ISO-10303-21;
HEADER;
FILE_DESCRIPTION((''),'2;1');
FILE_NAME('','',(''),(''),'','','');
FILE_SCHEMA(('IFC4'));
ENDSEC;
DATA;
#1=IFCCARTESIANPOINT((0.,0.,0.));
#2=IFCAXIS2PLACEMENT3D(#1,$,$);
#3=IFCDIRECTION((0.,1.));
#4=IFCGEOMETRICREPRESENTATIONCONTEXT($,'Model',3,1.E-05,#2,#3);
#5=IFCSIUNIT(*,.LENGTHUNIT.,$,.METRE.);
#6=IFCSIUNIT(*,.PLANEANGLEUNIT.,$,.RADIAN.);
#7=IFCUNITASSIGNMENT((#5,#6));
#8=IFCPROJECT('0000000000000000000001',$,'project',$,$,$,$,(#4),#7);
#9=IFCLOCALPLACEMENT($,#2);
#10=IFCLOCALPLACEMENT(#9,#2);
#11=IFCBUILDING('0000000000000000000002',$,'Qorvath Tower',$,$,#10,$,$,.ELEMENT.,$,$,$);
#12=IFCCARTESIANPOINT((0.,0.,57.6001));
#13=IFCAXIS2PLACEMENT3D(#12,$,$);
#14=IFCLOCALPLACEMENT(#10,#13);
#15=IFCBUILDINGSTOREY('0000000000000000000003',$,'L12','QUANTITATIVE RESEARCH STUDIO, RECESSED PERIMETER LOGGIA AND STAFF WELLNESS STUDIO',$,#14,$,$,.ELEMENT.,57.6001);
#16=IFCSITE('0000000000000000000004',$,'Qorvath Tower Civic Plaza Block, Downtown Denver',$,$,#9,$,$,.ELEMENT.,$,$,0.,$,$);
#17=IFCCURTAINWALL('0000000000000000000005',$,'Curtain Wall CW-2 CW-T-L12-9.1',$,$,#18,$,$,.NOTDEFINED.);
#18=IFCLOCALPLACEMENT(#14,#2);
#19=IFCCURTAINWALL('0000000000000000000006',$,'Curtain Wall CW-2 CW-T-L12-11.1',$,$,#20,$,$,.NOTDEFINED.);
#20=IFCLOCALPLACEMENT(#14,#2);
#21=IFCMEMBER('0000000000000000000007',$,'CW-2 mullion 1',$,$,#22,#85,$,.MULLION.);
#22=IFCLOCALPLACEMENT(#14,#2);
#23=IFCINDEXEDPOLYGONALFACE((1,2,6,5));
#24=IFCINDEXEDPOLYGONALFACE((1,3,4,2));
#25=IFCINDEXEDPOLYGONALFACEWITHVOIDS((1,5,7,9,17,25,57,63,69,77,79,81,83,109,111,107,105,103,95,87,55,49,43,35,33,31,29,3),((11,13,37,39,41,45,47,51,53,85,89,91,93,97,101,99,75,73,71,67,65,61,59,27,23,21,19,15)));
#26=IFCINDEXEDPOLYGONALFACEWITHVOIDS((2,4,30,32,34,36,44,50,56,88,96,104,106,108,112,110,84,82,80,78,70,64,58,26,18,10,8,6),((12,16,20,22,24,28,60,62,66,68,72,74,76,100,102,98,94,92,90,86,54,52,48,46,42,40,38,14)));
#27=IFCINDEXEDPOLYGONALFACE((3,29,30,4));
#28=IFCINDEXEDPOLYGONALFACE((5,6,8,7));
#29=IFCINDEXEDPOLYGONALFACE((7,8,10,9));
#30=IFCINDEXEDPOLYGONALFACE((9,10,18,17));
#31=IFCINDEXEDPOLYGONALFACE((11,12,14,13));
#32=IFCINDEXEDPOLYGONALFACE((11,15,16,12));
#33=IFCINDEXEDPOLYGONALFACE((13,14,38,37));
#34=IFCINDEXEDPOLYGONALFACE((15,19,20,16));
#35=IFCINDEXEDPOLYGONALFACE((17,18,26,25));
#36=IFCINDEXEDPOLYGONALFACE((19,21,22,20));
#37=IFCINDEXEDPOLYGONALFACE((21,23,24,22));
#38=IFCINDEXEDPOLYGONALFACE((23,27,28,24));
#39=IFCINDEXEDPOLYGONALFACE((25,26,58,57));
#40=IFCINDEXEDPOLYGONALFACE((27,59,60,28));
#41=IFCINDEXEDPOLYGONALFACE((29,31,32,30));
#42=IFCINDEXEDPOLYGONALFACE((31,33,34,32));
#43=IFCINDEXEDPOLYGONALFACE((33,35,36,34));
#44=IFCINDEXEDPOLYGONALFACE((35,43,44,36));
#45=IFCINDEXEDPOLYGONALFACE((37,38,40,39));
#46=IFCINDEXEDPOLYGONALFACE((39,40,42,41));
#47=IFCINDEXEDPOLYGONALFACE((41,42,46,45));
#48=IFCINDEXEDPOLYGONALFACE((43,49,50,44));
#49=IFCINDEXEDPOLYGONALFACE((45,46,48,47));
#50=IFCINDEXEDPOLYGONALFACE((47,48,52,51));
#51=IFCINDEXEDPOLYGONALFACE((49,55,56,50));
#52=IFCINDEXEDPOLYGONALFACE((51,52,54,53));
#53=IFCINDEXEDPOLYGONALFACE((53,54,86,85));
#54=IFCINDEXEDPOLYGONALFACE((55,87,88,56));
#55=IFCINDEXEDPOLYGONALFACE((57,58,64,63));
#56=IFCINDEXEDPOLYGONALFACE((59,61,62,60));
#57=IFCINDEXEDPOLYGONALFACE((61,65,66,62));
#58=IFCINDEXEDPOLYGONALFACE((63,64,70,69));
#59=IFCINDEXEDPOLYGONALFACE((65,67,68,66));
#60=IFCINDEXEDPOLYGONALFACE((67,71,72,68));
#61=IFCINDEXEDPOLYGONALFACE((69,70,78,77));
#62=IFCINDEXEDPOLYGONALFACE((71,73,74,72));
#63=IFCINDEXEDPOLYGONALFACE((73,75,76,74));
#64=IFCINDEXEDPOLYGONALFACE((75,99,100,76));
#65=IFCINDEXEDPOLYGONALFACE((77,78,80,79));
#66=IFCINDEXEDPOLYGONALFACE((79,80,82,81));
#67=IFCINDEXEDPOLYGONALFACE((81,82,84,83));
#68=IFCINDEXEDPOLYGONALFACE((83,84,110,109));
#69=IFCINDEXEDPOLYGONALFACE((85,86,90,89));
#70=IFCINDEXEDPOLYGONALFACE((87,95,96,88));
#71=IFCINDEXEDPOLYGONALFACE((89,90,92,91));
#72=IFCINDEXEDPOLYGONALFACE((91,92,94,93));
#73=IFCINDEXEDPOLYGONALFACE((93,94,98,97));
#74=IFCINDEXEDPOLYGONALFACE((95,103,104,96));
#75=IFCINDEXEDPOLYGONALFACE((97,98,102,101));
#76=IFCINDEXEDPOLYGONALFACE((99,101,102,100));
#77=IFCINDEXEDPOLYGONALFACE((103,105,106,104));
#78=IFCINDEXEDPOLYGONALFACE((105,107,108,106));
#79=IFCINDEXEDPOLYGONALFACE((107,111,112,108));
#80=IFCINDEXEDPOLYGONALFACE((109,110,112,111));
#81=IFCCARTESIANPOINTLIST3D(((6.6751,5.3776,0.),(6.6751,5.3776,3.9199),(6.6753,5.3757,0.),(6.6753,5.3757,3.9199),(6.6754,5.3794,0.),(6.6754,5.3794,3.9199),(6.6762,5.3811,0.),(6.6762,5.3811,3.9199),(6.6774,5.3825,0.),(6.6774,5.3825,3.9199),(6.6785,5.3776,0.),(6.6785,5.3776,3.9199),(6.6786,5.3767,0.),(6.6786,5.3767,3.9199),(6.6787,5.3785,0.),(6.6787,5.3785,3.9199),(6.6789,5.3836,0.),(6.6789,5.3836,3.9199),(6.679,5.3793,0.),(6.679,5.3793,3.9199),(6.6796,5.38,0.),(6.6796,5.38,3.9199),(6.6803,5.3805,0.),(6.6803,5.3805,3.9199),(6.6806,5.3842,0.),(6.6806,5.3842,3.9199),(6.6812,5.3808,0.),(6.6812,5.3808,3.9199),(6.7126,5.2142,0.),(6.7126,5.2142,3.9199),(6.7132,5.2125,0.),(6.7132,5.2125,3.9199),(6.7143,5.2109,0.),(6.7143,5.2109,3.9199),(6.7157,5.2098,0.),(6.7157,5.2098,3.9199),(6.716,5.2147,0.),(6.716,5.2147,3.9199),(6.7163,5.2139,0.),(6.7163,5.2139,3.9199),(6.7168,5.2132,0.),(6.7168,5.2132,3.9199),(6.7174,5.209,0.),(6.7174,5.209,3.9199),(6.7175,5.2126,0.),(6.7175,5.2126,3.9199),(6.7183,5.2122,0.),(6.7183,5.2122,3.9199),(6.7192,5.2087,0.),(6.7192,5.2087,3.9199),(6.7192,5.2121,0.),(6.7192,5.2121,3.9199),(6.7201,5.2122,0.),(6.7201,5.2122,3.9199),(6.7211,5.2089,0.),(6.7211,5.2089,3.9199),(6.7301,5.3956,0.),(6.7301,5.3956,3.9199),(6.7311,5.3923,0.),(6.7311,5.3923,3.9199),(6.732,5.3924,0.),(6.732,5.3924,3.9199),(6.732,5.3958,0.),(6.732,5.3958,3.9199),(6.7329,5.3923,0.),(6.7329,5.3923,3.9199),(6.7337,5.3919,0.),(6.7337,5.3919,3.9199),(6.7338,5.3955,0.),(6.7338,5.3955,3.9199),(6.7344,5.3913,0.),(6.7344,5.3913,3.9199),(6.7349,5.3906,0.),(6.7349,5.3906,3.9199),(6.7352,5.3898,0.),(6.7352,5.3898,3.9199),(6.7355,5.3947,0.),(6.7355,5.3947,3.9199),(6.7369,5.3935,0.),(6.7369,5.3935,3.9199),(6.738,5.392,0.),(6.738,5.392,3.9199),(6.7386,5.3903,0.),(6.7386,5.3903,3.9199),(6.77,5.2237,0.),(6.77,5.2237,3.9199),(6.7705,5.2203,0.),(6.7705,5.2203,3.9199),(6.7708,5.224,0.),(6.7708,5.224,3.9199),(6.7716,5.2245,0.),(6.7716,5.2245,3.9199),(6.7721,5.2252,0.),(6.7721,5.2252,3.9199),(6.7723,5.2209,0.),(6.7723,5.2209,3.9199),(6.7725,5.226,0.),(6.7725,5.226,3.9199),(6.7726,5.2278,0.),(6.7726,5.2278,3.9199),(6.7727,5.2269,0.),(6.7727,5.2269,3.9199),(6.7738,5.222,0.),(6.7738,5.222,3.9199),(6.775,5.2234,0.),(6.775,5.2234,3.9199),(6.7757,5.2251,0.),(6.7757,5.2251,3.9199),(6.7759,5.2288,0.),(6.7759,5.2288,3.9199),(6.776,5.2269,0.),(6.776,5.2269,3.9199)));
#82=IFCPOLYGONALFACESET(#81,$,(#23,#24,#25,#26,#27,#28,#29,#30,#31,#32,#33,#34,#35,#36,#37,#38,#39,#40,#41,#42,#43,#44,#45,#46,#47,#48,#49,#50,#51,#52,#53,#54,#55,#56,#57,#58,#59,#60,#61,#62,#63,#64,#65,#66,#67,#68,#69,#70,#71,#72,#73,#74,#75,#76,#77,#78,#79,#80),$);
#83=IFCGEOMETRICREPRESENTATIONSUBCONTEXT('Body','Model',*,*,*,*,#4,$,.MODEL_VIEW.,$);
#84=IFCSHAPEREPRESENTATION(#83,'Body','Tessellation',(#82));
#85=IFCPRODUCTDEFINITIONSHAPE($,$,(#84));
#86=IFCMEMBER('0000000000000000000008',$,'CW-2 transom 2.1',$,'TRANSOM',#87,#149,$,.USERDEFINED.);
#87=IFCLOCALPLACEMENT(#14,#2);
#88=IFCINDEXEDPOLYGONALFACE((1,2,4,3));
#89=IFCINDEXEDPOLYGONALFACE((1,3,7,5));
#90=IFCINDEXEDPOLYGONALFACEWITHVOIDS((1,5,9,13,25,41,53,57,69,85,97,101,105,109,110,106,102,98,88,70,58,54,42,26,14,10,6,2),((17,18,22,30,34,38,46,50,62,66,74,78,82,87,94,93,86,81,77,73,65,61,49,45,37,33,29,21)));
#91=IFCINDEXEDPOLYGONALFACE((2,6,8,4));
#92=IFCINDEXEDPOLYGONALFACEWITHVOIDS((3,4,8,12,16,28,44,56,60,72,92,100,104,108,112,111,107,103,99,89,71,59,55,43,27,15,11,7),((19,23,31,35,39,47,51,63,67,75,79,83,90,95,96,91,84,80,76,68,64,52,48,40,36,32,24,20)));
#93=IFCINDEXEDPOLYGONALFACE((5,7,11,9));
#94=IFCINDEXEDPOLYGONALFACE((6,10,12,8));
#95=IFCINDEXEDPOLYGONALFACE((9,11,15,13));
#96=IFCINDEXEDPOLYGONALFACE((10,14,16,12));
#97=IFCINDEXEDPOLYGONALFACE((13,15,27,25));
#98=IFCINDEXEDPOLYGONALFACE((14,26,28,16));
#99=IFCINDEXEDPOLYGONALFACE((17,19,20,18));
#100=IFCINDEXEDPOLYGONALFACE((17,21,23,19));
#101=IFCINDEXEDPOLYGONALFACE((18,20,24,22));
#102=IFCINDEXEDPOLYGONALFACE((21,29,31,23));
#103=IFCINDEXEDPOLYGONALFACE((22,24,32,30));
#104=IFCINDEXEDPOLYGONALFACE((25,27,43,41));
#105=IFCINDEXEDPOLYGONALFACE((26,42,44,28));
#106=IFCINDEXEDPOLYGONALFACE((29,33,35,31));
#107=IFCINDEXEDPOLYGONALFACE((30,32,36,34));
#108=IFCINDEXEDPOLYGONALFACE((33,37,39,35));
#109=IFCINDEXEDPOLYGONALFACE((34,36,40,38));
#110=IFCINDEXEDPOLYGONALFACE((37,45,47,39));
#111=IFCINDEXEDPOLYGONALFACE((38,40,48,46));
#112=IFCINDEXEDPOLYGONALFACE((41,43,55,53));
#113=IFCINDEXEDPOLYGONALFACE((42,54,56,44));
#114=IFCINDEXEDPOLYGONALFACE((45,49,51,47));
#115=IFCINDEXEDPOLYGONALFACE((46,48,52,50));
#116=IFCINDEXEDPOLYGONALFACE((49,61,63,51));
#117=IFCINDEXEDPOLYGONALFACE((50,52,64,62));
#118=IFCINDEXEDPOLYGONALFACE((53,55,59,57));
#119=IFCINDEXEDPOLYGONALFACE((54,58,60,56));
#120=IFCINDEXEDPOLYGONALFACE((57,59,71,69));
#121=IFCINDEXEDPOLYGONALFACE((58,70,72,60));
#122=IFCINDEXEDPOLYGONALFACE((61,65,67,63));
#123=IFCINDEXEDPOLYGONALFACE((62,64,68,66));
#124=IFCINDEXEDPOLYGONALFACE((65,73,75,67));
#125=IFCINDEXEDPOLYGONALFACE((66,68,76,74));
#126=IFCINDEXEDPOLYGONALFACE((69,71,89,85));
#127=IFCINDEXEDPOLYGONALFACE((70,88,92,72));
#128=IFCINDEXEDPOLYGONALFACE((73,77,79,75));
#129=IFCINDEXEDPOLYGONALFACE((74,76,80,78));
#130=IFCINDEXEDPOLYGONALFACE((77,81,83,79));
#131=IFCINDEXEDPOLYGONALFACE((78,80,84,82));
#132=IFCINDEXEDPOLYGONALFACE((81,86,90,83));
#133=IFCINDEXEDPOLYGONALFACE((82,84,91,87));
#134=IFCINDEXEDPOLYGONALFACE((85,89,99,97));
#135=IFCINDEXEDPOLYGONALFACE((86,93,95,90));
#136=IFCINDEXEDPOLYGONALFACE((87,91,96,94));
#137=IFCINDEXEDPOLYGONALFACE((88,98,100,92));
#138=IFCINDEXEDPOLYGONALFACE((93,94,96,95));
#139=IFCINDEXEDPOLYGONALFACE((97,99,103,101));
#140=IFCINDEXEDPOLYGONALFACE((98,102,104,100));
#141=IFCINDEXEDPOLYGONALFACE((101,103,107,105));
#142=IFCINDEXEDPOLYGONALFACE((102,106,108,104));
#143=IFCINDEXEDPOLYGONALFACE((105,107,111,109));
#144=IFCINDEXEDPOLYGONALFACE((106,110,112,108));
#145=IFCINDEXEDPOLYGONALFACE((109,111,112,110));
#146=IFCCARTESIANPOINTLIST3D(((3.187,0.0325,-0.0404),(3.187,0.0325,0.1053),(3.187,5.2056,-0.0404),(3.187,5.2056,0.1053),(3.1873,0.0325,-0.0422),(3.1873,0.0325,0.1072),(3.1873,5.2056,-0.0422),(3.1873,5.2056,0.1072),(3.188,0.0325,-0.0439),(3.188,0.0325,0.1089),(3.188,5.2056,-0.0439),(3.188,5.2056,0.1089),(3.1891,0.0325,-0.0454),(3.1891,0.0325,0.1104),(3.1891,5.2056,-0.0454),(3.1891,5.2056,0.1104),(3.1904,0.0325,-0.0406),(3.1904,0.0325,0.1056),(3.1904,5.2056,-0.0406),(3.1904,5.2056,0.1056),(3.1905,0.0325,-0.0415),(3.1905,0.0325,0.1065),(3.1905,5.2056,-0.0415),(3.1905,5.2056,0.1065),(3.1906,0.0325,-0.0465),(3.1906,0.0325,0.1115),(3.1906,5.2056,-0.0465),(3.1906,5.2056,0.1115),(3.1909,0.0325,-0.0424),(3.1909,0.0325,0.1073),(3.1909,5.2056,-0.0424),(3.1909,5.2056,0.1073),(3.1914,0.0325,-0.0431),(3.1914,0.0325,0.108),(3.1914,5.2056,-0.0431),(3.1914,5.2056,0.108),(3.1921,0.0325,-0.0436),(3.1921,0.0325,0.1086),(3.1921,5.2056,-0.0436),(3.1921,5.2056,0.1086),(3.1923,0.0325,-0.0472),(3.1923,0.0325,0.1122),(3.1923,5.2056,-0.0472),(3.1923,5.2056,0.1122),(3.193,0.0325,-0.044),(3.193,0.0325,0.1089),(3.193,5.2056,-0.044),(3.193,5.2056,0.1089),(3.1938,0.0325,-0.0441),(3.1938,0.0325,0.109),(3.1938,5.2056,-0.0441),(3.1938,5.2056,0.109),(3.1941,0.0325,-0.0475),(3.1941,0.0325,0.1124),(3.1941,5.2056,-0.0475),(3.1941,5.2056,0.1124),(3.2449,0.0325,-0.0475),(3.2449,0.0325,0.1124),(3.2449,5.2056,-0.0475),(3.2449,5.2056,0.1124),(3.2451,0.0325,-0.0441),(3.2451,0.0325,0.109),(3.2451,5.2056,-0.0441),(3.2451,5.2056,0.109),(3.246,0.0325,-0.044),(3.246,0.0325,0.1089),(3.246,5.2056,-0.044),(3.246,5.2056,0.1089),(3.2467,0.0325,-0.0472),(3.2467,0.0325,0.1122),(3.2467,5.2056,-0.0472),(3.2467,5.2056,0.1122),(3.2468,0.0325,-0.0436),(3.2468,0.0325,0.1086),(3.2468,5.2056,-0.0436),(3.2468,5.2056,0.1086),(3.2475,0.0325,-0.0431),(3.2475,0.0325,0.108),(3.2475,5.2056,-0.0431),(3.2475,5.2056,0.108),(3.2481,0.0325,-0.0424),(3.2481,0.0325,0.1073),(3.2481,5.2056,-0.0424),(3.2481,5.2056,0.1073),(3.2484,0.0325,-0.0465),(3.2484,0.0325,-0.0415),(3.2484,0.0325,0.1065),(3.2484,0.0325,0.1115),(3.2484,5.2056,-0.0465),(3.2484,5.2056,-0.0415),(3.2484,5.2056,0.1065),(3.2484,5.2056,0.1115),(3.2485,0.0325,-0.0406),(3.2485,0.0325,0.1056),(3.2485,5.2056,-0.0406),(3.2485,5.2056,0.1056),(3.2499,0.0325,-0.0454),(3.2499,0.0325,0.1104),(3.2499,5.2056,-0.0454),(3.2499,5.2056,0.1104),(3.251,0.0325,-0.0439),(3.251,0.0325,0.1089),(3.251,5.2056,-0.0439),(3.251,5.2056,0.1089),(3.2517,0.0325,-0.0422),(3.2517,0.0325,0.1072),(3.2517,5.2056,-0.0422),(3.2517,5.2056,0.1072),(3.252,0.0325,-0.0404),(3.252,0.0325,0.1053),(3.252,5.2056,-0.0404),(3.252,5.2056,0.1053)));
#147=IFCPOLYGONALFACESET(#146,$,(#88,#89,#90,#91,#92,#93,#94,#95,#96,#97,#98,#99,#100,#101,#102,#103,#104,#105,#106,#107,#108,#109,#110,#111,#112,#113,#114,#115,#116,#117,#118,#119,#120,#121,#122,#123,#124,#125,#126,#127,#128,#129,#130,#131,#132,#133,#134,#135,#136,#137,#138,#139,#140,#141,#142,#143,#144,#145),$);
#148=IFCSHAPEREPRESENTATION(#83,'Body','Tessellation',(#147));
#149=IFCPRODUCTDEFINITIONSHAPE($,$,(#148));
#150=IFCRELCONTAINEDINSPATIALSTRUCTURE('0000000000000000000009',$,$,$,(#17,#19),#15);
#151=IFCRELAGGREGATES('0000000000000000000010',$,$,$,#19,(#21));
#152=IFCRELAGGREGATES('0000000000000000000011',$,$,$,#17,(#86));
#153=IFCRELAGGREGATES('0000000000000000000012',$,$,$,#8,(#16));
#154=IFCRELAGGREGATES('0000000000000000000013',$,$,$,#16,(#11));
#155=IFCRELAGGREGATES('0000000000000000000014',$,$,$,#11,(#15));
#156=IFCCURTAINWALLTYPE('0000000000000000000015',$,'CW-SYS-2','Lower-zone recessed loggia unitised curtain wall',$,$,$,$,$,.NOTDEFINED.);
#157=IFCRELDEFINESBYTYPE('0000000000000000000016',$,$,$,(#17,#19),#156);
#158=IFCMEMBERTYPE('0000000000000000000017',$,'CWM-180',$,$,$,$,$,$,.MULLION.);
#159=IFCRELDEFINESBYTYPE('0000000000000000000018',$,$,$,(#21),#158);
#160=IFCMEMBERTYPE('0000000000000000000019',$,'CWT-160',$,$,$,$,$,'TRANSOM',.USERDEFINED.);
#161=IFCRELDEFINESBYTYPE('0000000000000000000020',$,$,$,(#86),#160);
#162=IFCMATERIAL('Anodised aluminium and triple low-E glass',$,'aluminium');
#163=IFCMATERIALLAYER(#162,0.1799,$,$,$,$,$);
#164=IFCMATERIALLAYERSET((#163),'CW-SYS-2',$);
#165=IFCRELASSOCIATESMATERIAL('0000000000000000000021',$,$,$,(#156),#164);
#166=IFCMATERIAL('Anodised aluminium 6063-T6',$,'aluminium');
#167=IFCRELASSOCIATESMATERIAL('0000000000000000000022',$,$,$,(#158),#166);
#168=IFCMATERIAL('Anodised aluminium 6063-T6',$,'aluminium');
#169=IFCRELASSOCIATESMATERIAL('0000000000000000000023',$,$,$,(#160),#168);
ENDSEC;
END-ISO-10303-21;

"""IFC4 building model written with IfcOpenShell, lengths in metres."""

from ifc_helpers import new_model, si_unit, direction, frame, origin, origin_2d, place, context, subcontext, project, spatial, hollow_rectangle, extrude, material, layer, layer_set, material_profile, profile_set, type_object, element, aggregate, save


model = new_model("IFC4")

# Units and contexts
model_context = context("Model", 3, precision=1e-05, world=origin(), true_north=direction((0.0, 1.0)))
body_context = subcontext(model_context, "Body", "Model", "MODEL_VIEW")
ifc_project = project(units=[si_unit("LENGTHUNIT", "METRE"), si_unit("PLANEANGLEUNIT", "RADIAN")], contexts=[model_context])

# Site, building, storey
site_placement = place(None, origin())
site = spatial("IfcSite", under=ifc_project, at=site_placement, Name="Qorvath Tower Civic Plaza Block, Downtown Denver", CompositionType="ELEMENT", RefElevation=0.0)
building_placement = place(site_placement, origin())
building = spatial("IfcBuilding", under=site, at=building_placement, Name="Qorvath Tower", CompositionType="ELEMENT")
storey_placement = place(building_placement, frame((0.0, 0.0, 57.6001)))
storey = spatial("IfcBuildingStorey", under=building, at=storey_placement, Name="L12", Description="QUANTITATIVE RESEARCH STUDIO, RECESSED PERIMETER LOGGIA AND STAFF WELLNESS STUDIO", CompositionType="ELEMENT", Elevation=57.6001)

# Curtain wall
ifc_material_1 = material(Name="Anodised aluminium and triple low-E glass", Category="aluminium")
ifc_layer_1 = layer(ifc_material_1, 0.1799)
ifc_layer_set_1 = layer_set([ifc_layer_1], Name="CW-SYS-2")
curtain_wall_type = type_object("IfcCurtainWallType", Name="CW-SYS-2", Description="Lower-zone recessed loggia unitised curtain wall", PredefinedType="NOTDEFINED", material=ifc_layer_set_1)
curtain_wall_1_placement = place(storey_placement, origin())
curtain_wall_1 = element("IfcCurtainWall", 1, at=curtain_wall_1_placement, inside=storey, type_object=curtain_wall_type, Name="Curtain Wall CW-2 CW-T-L12-9.1", PredefinedType="NOTDEFINED")
ifc_material_2 = material(Name="Anodised aluminium 6063-T6", Category="aluminium")
ifc_material_profile_1 = material_profile(ifc_material_2, hollow_rectangle(XDim=0.0649, YDim=0.1799, WallThickness=0.0034, InnerFilletRadius=0.0034, OuterFilletRadius=0.0071, at=origin_2d()), Name="CWM 180x65")
ifc_profile_set_1 = profile_set([ifc_material_profile_1], Name="Anodised aluminium 6063-T6")
member_type_1 = type_object("IfcMemberType", Name="CWM-180", PredefinedType="MULLION", material=ifc_profile_set_1)

# Curtain wall, member
curtain_wall_2_placement = place(storey_placement, origin())
curtain_wall_2 = element("IfcCurtainWall", 2, at=curtain_wall_2_placement, inside=storey, type_object=curtain_wall_type, Name="Curtain Wall CW-2 CW-T-L12-11.1", PredefinedType="NOTDEFINED")
member_1_placement = place(storey_placement, frame((6.7256, 5.3022, 0.0), z_axis=(0.0, 0.0, 1.0), x_axis=(-0.974427, -0.224705, 0.0)))
member_1 = element("IfcMember", 3, at=member_1_placement, type_object=member_type_1, Name="CW-2 mullion 1", PredefinedType="MULLION", context=body_context, shape_type="SweptSolid", body=[
    extrude(hollow_rectangle(XDim=0.0649, YDim=0.1799, WallThickness=0.0034, InnerFilletRadius=0.0034, OuterFilletRadius=0.0071, at=origin_2d()), origin(), (0.0, 0.0, 1.0), 3.9199),
])

# Member
ifc_material_3 = material(Name="Anodised aluminium 6063-T6", Category="aluminium")
ifc_material_profile_2 = material_profile(ifc_material_3, hollow_rectangle(XDim=0.0649, YDim=0.1599, WallThickness=0.0034, InnerFilletRadius=0.0034, OuterFilletRadius=0.0071, at=origin_2d()), Name="CWT 160x65")
ifc_profile_set_2 = profile_set([ifc_material_profile_2], Name="Anodised aluminium 6063-T6")
member_type_2 = type_object("IfcMemberType", Name="CWT-160", ElementType="TRANSOM", PredefinedType="USERDEFINED", material=ifc_profile_set_2)
member_2_placement = place(storey_placement, frame((3.2195, 0.0325, 0.0325), z_axis=(0.0, 1.0, 0.0), x_axis=(-1.0, 0.0, 0.0)))
member_2 = element("IfcMember", 4, at=member_2_placement, type_object=member_type_2, Name="CW-2 transom 2.1", ObjectType="TRANSOM", PredefinedType="USERDEFINED", context=body_context, shape_type="SweptSolid", body=[
    extrude(hollow_rectangle(XDim=0.0649, YDim=0.1599, WallThickness=0.0034, InnerFilletRadius=0.0034, OuterFilletRadius=0.0071, at=origin_2d()), origin(), (0.0, 0.0, 1.0), 5.1731),
])
aggregate(curtain_wall_2, [member_1])

aggregate(curtain_wall_1, [member_2])

save(model, "model.ifc")
